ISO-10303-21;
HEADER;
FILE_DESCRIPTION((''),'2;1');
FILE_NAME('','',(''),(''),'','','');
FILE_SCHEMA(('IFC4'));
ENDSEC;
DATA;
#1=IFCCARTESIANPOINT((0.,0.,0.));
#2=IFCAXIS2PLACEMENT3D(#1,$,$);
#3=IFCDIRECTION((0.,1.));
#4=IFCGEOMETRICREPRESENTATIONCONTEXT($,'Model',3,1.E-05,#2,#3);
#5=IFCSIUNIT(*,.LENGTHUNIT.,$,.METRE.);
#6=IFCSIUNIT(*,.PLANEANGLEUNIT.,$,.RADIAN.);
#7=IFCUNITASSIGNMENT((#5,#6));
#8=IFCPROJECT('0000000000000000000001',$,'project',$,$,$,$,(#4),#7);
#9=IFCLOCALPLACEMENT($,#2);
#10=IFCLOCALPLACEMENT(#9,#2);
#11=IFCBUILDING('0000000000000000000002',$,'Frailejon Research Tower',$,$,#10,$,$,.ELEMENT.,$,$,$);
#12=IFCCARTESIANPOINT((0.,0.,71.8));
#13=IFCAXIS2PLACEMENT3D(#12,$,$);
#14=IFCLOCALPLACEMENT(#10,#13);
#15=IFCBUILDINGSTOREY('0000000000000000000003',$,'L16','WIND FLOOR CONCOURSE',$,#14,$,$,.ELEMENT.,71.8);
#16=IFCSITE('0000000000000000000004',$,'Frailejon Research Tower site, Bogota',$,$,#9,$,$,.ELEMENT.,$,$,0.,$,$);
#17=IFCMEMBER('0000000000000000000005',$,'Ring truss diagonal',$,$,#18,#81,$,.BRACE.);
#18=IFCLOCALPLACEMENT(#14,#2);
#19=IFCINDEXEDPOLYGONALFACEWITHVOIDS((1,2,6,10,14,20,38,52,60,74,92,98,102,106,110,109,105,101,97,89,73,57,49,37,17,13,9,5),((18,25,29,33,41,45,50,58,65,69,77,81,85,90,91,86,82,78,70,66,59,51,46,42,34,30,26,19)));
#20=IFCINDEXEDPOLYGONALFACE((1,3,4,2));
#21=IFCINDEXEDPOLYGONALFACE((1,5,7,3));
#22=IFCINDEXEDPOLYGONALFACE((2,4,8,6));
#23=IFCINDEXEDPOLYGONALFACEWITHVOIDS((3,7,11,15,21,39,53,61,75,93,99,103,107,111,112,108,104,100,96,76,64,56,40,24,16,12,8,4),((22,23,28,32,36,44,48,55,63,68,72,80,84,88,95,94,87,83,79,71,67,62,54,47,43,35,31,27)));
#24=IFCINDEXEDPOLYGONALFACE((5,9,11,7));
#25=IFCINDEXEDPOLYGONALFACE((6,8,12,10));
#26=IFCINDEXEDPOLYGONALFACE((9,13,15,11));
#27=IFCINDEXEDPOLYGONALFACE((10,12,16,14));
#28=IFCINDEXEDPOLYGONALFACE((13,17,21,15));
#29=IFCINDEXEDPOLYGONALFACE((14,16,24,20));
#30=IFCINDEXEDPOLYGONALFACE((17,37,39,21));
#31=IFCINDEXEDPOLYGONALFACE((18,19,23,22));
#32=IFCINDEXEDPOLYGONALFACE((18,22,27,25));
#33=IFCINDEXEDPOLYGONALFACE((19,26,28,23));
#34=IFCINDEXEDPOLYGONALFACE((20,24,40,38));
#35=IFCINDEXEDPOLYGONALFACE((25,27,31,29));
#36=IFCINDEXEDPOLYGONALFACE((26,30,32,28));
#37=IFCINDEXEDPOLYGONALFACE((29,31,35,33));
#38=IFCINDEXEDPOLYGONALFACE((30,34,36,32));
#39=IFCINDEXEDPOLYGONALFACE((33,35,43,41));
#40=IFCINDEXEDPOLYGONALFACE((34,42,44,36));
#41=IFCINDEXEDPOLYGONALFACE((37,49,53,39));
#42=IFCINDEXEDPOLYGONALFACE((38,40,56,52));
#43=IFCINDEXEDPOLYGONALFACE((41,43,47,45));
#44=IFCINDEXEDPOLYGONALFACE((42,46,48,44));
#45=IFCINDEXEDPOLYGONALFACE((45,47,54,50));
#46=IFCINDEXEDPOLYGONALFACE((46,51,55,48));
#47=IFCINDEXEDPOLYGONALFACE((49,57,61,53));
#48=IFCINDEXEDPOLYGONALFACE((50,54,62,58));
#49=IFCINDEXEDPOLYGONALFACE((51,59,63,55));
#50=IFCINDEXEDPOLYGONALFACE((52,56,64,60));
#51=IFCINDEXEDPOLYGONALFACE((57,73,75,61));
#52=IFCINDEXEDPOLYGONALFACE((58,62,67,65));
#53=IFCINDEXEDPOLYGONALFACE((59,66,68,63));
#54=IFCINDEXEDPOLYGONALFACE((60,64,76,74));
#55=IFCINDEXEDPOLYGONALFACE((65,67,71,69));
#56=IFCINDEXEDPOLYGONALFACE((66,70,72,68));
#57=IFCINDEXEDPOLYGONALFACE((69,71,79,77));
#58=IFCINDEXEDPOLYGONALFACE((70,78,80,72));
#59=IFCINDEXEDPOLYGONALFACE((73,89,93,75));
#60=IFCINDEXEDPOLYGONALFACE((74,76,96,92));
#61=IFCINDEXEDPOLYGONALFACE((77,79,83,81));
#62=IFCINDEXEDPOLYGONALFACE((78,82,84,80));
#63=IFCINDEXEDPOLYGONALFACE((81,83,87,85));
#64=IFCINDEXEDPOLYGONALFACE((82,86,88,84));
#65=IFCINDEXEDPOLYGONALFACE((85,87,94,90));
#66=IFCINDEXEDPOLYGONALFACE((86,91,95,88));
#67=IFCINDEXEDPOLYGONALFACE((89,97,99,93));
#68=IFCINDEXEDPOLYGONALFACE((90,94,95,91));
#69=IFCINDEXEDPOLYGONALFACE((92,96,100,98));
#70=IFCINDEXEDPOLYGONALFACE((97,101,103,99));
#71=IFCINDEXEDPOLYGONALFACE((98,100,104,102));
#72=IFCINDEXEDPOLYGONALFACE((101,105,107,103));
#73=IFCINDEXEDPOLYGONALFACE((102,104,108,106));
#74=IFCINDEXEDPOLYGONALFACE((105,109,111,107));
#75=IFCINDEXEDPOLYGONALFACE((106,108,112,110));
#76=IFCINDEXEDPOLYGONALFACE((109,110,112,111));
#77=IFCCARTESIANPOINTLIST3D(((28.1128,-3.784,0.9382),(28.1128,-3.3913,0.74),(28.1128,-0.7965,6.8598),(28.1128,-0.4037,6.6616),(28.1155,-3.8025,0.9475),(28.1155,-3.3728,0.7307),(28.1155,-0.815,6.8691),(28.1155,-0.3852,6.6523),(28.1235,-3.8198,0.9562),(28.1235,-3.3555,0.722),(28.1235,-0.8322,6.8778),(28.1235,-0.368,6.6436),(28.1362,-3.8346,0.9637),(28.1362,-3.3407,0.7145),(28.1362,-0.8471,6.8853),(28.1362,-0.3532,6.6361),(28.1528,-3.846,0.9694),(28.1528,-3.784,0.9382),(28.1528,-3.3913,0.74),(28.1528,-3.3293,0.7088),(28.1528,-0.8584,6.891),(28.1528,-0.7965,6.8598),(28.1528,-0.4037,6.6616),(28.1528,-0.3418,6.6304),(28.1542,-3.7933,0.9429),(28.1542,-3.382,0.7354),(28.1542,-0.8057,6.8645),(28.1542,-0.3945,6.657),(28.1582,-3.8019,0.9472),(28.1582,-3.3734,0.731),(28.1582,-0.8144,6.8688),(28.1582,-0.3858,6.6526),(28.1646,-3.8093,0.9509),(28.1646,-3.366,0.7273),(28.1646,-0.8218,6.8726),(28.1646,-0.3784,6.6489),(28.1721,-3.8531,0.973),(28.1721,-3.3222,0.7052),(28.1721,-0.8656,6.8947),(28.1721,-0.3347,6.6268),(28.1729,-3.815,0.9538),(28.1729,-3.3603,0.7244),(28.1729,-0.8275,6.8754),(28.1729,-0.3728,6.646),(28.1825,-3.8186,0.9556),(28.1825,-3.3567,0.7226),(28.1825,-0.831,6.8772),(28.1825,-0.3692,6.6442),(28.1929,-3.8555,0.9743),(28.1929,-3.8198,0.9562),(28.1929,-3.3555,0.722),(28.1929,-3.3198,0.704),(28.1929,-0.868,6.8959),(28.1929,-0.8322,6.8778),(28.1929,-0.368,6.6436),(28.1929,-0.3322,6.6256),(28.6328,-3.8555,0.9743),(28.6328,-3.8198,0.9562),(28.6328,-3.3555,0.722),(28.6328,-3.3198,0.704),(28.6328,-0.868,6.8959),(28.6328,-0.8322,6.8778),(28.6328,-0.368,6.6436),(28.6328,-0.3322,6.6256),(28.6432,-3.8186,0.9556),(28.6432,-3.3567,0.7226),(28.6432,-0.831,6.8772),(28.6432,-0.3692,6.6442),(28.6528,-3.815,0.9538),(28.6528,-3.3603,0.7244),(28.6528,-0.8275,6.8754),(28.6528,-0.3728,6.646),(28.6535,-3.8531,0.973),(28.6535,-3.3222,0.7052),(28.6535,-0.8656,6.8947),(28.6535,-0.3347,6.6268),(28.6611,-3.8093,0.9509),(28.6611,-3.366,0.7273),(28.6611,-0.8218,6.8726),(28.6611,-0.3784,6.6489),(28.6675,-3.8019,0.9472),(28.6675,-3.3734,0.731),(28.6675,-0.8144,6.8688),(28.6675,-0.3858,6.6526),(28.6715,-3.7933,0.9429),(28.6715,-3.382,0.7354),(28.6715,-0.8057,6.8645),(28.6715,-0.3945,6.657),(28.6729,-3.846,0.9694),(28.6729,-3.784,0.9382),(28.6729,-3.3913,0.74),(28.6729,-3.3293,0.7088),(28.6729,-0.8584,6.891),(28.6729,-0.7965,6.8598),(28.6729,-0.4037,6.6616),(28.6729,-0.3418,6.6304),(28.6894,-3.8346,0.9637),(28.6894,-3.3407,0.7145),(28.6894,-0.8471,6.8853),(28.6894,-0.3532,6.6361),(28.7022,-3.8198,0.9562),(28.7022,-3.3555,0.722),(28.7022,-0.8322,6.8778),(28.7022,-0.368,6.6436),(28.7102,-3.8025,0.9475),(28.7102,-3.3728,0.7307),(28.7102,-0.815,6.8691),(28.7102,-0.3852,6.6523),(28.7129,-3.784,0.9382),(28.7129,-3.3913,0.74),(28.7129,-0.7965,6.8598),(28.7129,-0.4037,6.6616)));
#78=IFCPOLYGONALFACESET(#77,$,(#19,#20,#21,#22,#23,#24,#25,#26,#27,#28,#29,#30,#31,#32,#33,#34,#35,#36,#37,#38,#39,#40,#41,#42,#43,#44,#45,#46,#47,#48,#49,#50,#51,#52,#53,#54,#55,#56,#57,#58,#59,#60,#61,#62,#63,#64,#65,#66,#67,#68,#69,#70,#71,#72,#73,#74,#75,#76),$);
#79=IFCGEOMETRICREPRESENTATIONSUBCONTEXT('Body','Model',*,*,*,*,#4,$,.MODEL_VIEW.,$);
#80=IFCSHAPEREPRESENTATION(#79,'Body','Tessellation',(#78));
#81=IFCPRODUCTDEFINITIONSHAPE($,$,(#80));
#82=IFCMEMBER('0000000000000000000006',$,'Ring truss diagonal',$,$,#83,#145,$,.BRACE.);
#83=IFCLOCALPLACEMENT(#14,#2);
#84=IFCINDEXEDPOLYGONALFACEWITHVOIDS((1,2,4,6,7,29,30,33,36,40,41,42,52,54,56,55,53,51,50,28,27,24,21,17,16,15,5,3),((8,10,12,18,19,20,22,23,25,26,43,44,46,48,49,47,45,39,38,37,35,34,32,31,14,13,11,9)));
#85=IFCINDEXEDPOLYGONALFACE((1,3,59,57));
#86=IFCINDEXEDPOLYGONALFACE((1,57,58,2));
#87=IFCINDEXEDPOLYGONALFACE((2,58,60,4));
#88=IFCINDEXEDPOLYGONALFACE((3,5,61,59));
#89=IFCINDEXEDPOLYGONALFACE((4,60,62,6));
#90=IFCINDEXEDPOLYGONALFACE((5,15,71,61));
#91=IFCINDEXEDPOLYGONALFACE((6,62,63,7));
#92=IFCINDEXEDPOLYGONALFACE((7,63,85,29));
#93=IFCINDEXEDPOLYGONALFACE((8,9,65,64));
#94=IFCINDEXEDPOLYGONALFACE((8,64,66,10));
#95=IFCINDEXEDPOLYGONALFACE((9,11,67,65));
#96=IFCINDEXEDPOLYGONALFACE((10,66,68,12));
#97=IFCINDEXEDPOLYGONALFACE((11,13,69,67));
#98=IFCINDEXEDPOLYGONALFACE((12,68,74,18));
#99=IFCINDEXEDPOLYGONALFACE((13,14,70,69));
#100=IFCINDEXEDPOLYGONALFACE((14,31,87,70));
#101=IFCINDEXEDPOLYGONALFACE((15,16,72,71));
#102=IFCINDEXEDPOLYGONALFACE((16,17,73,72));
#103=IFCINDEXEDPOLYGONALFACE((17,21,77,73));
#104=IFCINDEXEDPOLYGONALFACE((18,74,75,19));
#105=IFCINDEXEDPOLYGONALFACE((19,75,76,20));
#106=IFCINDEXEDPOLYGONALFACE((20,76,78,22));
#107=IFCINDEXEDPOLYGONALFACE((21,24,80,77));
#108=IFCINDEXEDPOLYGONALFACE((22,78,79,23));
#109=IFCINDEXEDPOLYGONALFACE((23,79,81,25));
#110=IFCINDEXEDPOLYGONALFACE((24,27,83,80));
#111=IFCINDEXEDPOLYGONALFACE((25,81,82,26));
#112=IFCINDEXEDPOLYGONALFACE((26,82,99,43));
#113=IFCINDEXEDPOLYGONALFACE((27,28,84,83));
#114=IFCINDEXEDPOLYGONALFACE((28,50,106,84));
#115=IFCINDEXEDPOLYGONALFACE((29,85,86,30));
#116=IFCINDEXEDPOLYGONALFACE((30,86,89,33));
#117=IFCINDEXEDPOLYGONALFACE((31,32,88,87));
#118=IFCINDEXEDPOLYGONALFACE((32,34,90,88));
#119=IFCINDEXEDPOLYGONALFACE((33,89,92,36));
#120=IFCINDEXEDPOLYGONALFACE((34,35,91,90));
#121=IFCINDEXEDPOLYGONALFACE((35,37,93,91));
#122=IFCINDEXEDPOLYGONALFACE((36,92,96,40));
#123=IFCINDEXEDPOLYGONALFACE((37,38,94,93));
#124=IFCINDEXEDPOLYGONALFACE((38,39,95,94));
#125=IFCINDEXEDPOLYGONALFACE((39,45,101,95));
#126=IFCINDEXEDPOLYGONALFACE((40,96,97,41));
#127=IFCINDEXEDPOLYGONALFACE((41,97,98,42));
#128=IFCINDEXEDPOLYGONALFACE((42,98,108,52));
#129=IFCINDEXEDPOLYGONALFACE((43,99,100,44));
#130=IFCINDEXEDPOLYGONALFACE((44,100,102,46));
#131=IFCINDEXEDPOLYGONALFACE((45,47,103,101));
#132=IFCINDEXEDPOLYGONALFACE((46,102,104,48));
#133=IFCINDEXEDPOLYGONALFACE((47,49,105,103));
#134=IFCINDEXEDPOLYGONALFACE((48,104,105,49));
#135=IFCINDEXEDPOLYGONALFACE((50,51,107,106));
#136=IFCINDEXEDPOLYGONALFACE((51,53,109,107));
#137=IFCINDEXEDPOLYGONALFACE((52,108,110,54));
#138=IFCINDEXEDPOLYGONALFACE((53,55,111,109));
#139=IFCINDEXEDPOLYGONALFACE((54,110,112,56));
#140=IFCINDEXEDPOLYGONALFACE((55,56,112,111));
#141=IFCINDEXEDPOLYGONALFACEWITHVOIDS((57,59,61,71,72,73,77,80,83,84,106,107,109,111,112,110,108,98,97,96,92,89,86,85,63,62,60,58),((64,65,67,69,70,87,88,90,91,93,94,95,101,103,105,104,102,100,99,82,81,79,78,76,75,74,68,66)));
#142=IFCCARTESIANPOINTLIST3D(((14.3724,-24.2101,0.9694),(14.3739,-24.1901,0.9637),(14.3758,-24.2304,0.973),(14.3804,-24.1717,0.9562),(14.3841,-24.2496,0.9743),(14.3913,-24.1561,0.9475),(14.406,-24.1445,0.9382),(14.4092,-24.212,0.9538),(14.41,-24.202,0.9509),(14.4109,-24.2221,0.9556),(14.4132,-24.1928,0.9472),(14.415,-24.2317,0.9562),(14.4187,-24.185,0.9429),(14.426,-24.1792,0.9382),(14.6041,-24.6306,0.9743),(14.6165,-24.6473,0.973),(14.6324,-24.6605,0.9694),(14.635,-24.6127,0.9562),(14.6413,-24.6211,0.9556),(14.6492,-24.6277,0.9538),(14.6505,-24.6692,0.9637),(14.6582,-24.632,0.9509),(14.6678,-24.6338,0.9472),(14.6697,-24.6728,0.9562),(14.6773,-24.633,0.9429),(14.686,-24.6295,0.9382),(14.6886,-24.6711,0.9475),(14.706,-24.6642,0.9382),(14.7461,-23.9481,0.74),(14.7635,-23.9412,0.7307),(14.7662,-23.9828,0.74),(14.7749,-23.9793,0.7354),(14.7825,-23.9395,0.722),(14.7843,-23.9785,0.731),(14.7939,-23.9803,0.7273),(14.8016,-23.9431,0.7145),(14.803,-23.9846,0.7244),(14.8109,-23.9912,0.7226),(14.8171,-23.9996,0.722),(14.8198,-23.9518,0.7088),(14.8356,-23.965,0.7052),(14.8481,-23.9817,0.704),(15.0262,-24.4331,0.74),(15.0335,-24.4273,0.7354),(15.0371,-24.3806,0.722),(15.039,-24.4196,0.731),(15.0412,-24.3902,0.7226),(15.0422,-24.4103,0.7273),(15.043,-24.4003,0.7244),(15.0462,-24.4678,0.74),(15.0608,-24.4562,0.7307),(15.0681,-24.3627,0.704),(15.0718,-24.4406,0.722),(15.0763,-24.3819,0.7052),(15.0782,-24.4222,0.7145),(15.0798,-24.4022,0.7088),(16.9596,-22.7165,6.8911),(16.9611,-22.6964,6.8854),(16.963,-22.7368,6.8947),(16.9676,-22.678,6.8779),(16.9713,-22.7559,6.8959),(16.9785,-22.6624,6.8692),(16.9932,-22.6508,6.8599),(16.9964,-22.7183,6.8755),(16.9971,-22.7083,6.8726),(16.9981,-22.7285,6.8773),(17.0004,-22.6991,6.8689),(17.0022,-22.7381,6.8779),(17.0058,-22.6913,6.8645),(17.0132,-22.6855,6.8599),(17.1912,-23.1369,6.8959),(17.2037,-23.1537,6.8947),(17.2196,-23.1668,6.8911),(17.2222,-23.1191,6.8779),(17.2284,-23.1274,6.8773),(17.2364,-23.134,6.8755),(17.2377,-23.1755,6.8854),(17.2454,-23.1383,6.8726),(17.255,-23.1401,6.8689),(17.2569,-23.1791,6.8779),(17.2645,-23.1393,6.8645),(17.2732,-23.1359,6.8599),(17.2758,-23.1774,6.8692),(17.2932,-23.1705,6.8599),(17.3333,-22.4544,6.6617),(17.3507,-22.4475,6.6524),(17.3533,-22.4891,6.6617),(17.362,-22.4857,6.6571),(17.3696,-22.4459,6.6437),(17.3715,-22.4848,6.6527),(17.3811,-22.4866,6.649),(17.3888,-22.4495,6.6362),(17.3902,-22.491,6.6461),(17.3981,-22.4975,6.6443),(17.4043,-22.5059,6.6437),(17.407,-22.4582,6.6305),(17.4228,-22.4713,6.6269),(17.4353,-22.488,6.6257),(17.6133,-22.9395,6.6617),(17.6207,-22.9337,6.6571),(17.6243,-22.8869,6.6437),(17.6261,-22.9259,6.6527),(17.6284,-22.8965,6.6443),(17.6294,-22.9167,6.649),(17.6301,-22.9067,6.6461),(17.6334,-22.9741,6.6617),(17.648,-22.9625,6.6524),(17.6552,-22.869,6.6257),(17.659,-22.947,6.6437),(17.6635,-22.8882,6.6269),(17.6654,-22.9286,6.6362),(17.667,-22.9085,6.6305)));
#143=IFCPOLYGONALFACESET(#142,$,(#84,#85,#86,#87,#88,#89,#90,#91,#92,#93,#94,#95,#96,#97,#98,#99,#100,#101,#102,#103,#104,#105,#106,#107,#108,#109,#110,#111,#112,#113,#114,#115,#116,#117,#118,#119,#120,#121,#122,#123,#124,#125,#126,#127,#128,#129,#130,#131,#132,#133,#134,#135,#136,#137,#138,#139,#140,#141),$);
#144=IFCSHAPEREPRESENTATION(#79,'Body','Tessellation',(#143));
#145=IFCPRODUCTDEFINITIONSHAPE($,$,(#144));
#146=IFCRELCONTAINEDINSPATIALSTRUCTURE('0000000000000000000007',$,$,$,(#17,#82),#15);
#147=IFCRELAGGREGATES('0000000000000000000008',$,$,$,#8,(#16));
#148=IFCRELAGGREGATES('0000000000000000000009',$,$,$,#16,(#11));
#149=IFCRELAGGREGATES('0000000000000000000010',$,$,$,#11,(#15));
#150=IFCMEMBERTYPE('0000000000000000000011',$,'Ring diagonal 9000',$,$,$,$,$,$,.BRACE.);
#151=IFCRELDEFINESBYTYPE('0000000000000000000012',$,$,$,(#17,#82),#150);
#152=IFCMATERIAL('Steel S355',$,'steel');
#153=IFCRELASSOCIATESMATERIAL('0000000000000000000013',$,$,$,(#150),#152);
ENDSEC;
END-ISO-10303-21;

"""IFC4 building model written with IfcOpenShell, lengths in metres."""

from ifc_helpers import new_model, si_unit, direction, frame, origin, origin_2d, place, context, subcontext, project, spatial, hollow_rectangle, extrude, material, material_profile, profile_set, type_object, element, save


model = new_model("IFC4")

# Units and contexts
model_context = context("Model", 3, precision=1e-05, world=origin(), true_north=direction((0.0, 1.0)))
body_context = subcontext(model_context, "Body", "Model", "MODEL_VIEW")
ifc_project = project(units=[si_unit("LENGTHUNIT", "METRE"), si_unit("PLANEANGLEUNIT", "RADIAN")], contexts=[model_context])

# Site, building, storey
site_placement = place(None, origin())
site = spatial("IfcSite", under=ifc_project, at=site_placement, Name="Frailejon Research Tower site, Bogota", CompositionType="ELEMENT", RefElevation=0.0)
building_placement = place(site_placement, origin())
building = spatial("IfcBuilding", under=site, at=building_placement, Name="Frailejon Research Tower", CompositionType="ELEMENT")
storey_placement = place(building_placement, frame((0.0, 0.0, 71.8)))
storey = spatial("IfcBuildingStorey", under=building, at=storey_placement, Name="L16", Description="WIND FLOOR CONCOURSE", CompositionType="ELEMENT", Elevation=71.8)

# Members
ifc_material_1 = material(Name="Steel S355", Category="steel")
ifc_material_profile_1 = material_profile(ifc_material_1, hollow_rectangle(XDim=0.6001, YDim=0.6001, WallThickness=0.04, InnerFilletRadius=0.04, OuterFilletRadius=0.0801, at=origin_2d()), Name="Ring diagonal 9000")
ifc_profile_set_1 = profile_set([ifc_material_profile_1], Name="Steel S355")
member_type = type_object("IfcMemberType", Name="Ring diagonal 9000", PredefinedType="BRACE", material=ifc_profile_set_1)
for number, where, z_axis, x_axis, name in (
    (1, (28.4128, -3.5876, 0.8391), (0.0, 0.450435, 0.892809), (-1.0, 0.0, 0.0), "Ring truss diagonal"),
    (2, (14.7261, -24.3062, 0.8391), (0.390073, 0.225202, 0.89282), (-0.499989, 0.866032, 0.0), "Ring truss diagonal"),
):
    element("IfcMember", number, at=place(storey_placement, frame(where, z_axis=z_axis, x_axis=x_axis)), inside=storey, type_object=member_type, Name=name, PredefinedType="BRACE", context=body_context, shape_type="SweptSolid", body=[
        extrude(hollow_rectangle(XDim=0.6001, YDim=0.6001, WallThickness=0.04, InnerFilletRadius=0.04, OuterFilletRadius=0.0801, at=origin_2d()), origin(), (0.0, 0.0, 1.0), 6.6326),
    ])

save(model, "model.ifc")
